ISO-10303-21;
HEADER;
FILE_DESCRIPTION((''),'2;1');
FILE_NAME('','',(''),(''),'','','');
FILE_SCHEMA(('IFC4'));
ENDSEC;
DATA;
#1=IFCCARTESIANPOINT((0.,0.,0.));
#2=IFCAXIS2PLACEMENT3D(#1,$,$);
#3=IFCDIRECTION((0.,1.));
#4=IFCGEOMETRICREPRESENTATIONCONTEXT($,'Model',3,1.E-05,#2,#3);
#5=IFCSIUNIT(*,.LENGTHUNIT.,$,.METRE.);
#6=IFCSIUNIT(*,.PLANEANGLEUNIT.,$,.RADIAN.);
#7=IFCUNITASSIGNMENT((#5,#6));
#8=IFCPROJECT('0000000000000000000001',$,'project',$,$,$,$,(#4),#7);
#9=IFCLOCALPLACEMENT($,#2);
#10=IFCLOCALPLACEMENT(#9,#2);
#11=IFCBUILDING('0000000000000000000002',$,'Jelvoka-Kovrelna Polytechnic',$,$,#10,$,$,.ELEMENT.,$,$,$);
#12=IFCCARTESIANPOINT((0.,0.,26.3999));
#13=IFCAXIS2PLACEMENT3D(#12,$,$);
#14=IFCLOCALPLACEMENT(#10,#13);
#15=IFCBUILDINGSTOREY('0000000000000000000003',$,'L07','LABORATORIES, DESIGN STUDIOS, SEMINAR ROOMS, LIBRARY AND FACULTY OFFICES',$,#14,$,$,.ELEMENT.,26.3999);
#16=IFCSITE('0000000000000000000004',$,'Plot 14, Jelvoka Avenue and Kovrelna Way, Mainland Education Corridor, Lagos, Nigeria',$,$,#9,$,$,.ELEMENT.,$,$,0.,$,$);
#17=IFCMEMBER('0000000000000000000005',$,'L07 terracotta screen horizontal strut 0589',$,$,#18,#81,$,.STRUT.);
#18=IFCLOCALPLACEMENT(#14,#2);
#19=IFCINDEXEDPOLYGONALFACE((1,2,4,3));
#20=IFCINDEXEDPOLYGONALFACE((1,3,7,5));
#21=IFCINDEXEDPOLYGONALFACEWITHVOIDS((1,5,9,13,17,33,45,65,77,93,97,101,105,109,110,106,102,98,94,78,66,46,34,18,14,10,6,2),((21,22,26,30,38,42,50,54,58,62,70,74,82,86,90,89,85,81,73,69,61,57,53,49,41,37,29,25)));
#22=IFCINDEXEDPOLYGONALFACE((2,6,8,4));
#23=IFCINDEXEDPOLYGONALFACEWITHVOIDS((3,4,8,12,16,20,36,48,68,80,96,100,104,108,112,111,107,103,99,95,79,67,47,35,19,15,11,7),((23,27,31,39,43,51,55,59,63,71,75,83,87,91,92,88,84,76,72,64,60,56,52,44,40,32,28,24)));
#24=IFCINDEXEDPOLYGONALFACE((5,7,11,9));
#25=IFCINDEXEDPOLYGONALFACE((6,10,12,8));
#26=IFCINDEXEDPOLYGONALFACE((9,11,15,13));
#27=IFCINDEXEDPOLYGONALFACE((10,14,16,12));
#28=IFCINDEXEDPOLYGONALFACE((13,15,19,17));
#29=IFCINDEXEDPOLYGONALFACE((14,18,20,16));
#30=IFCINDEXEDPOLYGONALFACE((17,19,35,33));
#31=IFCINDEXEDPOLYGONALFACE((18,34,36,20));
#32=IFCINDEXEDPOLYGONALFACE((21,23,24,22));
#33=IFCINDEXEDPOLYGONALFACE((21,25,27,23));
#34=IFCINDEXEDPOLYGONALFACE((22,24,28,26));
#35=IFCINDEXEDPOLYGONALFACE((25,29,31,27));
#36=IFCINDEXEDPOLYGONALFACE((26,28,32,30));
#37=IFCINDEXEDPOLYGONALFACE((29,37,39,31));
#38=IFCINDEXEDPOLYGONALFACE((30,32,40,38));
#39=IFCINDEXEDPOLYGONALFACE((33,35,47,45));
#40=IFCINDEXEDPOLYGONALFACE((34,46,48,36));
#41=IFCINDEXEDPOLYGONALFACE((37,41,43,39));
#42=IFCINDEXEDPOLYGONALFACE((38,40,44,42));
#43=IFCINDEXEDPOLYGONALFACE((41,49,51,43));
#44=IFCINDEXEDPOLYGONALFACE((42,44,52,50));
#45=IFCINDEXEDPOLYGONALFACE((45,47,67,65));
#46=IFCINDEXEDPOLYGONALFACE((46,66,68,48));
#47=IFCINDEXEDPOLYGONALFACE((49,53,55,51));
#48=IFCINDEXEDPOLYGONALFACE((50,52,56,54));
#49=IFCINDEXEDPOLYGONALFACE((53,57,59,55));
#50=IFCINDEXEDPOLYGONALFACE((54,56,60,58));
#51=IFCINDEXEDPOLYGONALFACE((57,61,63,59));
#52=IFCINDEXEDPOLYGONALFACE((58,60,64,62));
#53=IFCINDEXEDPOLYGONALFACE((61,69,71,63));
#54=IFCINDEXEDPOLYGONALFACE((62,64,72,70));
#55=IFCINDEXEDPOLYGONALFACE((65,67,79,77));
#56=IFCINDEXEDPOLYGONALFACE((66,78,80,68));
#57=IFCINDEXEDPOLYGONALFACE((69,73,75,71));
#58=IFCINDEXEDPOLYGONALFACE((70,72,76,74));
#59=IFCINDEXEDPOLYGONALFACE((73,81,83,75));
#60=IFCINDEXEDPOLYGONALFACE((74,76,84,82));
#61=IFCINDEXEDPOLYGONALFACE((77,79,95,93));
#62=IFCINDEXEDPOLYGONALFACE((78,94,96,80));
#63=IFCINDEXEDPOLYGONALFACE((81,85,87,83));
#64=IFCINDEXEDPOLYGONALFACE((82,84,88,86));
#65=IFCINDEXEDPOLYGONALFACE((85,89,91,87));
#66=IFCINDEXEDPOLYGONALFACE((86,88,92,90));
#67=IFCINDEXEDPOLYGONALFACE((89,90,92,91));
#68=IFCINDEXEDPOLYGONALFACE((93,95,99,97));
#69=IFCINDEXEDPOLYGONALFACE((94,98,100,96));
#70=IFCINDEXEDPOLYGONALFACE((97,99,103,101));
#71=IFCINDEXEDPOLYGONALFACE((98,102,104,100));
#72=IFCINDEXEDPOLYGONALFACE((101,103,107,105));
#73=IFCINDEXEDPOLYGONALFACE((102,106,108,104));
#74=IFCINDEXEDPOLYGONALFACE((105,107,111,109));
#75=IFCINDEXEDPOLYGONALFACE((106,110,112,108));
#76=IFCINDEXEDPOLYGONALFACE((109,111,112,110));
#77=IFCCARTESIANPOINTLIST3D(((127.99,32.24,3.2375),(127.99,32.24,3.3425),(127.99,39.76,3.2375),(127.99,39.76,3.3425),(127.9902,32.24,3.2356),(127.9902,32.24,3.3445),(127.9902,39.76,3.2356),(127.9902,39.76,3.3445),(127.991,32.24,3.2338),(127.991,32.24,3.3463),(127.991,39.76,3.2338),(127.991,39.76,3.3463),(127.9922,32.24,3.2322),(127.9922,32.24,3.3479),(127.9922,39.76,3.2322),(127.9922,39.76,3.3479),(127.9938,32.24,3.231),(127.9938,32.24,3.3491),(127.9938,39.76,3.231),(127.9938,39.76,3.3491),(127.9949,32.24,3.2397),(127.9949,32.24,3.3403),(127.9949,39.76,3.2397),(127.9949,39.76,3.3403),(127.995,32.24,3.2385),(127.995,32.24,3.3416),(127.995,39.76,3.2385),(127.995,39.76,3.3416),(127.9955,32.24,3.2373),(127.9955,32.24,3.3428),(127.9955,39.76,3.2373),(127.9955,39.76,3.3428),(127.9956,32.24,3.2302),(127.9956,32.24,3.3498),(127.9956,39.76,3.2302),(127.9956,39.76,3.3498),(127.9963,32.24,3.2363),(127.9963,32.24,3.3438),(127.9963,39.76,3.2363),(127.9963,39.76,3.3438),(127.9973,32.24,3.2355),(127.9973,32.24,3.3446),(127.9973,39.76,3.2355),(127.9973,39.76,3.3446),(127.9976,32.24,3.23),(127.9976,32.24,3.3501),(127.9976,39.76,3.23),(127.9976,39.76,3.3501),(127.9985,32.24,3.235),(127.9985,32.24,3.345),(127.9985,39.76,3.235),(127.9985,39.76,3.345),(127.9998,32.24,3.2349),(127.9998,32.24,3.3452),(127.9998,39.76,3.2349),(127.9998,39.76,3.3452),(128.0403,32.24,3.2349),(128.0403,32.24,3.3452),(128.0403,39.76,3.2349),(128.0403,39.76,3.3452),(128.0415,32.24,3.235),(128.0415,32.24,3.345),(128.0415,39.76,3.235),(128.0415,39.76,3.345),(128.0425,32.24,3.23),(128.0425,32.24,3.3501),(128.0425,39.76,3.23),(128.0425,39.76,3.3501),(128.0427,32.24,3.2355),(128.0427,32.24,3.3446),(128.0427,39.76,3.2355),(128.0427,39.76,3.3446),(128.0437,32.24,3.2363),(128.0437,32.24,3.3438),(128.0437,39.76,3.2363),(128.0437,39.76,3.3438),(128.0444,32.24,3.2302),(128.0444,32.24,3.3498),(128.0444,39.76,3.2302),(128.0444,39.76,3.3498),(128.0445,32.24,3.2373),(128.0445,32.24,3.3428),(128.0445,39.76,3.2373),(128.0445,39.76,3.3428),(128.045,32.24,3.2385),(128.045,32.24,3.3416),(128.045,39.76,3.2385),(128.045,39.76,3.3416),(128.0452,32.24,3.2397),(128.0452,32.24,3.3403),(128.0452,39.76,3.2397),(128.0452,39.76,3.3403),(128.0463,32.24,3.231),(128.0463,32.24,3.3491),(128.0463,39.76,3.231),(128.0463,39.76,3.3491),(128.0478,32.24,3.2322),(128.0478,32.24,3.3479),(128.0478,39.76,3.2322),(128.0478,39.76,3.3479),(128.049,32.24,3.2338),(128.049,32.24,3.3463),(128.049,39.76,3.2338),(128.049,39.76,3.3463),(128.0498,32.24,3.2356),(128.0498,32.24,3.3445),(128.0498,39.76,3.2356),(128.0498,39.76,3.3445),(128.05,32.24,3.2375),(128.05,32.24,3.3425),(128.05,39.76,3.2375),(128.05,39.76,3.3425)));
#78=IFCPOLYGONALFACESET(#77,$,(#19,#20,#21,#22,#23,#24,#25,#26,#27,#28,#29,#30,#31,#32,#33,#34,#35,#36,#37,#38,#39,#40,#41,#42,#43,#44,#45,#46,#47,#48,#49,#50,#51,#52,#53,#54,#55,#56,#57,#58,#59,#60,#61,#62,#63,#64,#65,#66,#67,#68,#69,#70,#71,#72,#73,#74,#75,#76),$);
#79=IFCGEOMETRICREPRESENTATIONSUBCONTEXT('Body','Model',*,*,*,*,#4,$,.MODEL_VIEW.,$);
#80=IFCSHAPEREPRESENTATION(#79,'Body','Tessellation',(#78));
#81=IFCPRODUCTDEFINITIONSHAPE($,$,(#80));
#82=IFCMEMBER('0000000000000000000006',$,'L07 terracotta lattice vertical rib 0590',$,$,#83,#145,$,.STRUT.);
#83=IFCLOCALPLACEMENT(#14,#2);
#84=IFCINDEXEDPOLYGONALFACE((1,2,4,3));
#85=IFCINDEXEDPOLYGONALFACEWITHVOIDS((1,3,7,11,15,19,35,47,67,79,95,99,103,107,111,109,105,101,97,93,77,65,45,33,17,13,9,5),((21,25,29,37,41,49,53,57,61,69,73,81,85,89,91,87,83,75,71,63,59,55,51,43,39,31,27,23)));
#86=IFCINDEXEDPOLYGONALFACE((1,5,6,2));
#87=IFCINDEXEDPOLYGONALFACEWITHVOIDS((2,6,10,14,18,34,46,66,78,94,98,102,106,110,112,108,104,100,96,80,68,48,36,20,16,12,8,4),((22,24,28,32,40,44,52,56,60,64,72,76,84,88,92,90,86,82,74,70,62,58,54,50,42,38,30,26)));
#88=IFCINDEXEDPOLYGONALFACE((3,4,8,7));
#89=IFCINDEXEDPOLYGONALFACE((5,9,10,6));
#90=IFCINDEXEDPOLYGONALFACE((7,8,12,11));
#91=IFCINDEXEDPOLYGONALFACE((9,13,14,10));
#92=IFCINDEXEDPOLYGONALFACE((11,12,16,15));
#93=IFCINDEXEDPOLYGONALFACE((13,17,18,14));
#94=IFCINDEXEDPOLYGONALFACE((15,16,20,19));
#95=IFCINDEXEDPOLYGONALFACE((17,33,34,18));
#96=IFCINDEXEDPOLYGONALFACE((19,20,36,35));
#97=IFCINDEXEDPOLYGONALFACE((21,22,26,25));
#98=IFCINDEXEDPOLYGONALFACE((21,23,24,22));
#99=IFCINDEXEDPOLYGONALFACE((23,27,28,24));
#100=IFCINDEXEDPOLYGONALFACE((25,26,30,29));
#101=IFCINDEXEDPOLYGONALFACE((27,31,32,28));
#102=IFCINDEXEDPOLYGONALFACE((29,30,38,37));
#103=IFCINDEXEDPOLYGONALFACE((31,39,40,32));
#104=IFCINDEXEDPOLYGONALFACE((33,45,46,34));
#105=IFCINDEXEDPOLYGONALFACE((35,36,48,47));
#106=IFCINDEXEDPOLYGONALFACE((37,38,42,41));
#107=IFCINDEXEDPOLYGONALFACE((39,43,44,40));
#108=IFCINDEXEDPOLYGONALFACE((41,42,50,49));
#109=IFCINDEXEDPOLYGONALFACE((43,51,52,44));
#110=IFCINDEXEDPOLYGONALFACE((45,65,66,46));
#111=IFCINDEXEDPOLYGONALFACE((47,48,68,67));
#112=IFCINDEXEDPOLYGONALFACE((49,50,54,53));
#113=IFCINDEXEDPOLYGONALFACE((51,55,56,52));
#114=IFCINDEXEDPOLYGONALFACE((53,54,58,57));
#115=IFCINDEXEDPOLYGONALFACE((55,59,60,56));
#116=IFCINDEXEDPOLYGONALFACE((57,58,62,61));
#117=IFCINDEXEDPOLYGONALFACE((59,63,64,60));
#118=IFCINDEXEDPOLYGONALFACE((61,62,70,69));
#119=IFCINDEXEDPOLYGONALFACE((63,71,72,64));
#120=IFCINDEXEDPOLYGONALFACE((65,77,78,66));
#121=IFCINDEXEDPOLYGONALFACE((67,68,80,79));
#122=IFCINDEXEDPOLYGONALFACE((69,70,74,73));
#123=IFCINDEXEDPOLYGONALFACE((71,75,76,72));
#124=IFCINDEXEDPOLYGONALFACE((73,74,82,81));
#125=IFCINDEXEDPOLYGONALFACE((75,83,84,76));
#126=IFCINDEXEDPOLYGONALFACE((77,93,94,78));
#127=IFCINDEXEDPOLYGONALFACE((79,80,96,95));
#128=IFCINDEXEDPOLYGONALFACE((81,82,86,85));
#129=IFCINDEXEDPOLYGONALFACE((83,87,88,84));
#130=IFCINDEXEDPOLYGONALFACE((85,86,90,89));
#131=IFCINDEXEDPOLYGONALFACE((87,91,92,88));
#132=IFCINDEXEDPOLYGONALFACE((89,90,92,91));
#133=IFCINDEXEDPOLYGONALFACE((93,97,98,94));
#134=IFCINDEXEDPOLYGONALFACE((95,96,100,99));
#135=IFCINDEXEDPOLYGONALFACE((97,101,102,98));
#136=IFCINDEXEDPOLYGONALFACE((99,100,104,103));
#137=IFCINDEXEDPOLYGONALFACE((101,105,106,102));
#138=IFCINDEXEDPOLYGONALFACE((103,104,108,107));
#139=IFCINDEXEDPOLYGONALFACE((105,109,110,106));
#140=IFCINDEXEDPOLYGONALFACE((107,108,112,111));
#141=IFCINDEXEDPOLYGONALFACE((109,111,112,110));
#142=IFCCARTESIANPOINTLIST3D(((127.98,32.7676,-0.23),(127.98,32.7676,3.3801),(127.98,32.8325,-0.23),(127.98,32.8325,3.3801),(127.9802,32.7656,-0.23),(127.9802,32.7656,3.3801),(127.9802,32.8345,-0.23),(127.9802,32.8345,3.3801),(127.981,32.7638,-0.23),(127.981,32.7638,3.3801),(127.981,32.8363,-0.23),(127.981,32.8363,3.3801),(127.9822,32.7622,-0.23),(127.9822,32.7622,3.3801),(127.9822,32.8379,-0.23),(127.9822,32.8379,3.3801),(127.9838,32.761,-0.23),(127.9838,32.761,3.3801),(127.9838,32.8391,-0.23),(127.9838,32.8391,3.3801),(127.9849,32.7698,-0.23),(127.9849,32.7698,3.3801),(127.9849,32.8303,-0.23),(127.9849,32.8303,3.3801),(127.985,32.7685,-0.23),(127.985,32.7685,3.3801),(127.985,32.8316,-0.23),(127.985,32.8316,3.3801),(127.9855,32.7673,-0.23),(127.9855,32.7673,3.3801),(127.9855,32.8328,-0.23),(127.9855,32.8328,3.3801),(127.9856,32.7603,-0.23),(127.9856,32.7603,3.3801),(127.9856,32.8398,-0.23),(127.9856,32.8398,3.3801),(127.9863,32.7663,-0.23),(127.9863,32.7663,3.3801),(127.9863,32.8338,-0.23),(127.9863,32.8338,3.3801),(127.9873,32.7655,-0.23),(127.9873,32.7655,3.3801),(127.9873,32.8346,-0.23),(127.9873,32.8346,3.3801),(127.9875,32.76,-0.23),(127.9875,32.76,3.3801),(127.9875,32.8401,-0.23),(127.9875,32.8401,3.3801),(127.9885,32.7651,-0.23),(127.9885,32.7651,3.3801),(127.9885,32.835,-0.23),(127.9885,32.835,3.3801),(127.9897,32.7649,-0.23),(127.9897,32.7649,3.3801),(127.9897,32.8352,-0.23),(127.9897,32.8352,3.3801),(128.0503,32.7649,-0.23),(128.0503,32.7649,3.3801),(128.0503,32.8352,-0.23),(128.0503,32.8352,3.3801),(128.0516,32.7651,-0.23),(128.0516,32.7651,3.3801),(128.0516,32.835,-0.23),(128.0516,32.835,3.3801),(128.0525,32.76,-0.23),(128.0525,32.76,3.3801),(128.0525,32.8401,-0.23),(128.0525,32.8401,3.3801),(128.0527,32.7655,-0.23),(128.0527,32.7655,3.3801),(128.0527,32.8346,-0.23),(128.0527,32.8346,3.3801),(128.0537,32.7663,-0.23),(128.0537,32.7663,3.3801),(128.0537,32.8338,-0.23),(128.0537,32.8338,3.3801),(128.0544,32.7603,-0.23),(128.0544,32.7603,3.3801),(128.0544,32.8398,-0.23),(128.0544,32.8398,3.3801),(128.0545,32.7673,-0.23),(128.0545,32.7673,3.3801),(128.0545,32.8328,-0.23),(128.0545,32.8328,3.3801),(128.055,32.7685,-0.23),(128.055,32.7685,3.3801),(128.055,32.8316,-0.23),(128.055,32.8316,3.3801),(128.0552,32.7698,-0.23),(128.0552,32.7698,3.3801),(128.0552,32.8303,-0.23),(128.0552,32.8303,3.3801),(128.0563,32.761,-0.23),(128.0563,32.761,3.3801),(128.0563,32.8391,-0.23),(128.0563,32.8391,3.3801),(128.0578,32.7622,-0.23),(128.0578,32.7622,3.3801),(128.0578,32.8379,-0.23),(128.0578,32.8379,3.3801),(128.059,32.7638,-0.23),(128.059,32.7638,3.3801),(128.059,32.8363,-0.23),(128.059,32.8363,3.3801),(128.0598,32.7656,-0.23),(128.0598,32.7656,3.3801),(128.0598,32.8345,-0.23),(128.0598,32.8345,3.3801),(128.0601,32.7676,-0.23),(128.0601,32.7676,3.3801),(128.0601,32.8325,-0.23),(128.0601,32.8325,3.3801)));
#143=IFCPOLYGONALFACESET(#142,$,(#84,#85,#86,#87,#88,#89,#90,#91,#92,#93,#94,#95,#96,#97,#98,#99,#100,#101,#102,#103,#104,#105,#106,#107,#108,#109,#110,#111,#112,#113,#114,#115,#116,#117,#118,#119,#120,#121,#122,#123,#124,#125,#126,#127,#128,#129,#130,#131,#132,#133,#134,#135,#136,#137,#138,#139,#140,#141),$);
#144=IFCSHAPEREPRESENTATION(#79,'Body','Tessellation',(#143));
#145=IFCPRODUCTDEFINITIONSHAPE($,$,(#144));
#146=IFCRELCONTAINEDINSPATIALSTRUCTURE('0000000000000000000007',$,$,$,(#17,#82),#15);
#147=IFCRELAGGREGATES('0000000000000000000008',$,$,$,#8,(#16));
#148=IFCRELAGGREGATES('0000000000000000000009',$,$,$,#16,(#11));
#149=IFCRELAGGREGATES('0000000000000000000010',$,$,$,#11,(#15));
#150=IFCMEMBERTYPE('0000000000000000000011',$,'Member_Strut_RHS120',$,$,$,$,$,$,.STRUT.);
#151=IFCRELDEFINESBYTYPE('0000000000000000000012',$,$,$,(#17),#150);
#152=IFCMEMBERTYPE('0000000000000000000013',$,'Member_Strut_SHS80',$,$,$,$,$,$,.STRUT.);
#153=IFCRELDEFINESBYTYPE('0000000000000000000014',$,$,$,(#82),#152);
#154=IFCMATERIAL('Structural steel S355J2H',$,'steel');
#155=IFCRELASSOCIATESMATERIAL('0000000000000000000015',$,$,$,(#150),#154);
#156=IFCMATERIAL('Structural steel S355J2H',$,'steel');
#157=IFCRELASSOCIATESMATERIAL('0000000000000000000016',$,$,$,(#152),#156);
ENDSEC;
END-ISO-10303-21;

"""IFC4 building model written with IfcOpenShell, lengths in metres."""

from ifc_helpers import new_model, si_unit, direction, frame, origin, origin_2d, place, context, subcontext, project, spatial, hollow_rectangle, extrude, material, material_profile, profile_set, type_object, element, save


model = new_model("IFC4")

# Units and contexts
model_context = context("Model", 3, precision=1e-05, world=origin(), true_north=direction((0.0, 1.0)))
body_context = subcontext(model_context, "Body", "Model", "MODEL_VIEW")
ifc_project = project(units=[si_unit("LENGTHUNIT", "METRE"), si_unit("PLANEANGLEUNIT", "RADIAN")], contexts=[model_context])

# Site, building, storey
site_placement = place(None, origin())
site = spatial("IfcSite", under=ifc_project, at=site_placement, Name="Plot 14, Jelvoka Avenue and Kovrelna Way, Mainland Education Corridor, Lagos, Nigeria", CompositionType="ELEMENT", RefElevation=0.0)
building_placement = place(site_placement, origin())
building = spatial("IfcBuilding", under=site, at=building_placement, Name="Jelvoka-Kovrelna Polytechnic", CompositionType="ELEMENT")
storey_placement = place(building_placement, frame((0.0, 0.0, 26.3999)))
storey = spatial("IfcBuildingStorey", under=building, at=storey_placement, Name="L07", Description="LABORATORIES, DESIGN STUDIOS, SEMINAR ROOMS, LIBRARY AND FACULTY OFFICES", CompositionType="ELEMENT", Elevation=26.3999)

# Members
ifc_material_1 = material(Name="Structural steel S355J2H", Category="steel")
ifc_material_profile_1 = material_profile(ifc_material_1, hollow_rectangle(XDim=0.0601, YDim=0.1201, WallThickness=0.0049, InnerFilletRadius=0.0049, OuterFilletRadius=0.0076, at=origin_2d()), Name="120x60x5.0 RHS")
ifc_profile_set_1 = profile_set([ifc_material_profile_1], Name="Structural steel S355J2H")
member_type_1 = type_object("IfcMemberType", Name="Member_Strut_RHS120", PredefinedType="STRUT", material=ifc_profile_set_1)
for number, where, z_axis, x_axis, name in (
    (1, (128.02, 32.24, 3.29), (0.0, 1.0, 0.0), (-1.0, 0.0, 0.0), "L07 terracotta screen horizontal strut 0589"),
):
    element("IfcMember", number, at=place(storey_placement, frame(where, z_axis=z_axis, x_axis=x_axis)), inside=storey, type_object=member_type_1, Name=name, PredefinedType="STRUT", context=body_context, shape_type="SweptSolid", body=[
        extrude(hollow_rectangle(XDim=0.0601, YDim=0.1201, WallThickness=0.0049, InnerFilletRadius=0.0049, OuterFilletRadius=0.0076, at=origin_2d()), origin(), (0.0, 0.0, 1.0), 7.52),
    ])
ifc_material_2 = material(Name="Structural steel S355J2H", Category="steel")
ifc_material_profile_2 = material_profile(ifc_material_2, hollow_rectangle(XDim=0.0801, YDim=0.0801, WallThickness=0.0049, InnerFilletRadius=0.0049, OuterFilletRadius=0.0076, at=origin_2d()), Name="80x80x5.0 SHS")
ifc_profile_set_2 = profile_set([ifc_material_profile_2], Name="Structural steel S355J2H")
member_type_2 = type_object("IfcMemberType", Name="Member_Strut_SHS80", PredefinedType="STRUT", material=ifc_profile_set_2)
for number, where, z_axis, x_axis, name in (
    (2, (128.02, 32.8, -0.23), (0.0, 0.0, 1.0), (1.0, 0.0, 0.0), "L07 terracotta lattice vertical rib 0590"),
):
    element("IfcMember", number, at=place(storey_placement, frame(where, z_axis=z_axis, x_axis=x_axis)), inside=storey, type_object=member_type_2, Name=name, PredefinedType="STRUT", context=body_context, shape_type="SweptSolid", body=[
        extrude(hollow_rectangle(XDim=0.0801, YDim=0.0801, WallThickness=0.0049, InnerFilletRadius=0.0049, OuterFilletRadius=0.0076, at=origin_2d()), origin(), (0.0, 0.0, 1.0), 3.6101),
    ])

save(model, "model.ifc")
